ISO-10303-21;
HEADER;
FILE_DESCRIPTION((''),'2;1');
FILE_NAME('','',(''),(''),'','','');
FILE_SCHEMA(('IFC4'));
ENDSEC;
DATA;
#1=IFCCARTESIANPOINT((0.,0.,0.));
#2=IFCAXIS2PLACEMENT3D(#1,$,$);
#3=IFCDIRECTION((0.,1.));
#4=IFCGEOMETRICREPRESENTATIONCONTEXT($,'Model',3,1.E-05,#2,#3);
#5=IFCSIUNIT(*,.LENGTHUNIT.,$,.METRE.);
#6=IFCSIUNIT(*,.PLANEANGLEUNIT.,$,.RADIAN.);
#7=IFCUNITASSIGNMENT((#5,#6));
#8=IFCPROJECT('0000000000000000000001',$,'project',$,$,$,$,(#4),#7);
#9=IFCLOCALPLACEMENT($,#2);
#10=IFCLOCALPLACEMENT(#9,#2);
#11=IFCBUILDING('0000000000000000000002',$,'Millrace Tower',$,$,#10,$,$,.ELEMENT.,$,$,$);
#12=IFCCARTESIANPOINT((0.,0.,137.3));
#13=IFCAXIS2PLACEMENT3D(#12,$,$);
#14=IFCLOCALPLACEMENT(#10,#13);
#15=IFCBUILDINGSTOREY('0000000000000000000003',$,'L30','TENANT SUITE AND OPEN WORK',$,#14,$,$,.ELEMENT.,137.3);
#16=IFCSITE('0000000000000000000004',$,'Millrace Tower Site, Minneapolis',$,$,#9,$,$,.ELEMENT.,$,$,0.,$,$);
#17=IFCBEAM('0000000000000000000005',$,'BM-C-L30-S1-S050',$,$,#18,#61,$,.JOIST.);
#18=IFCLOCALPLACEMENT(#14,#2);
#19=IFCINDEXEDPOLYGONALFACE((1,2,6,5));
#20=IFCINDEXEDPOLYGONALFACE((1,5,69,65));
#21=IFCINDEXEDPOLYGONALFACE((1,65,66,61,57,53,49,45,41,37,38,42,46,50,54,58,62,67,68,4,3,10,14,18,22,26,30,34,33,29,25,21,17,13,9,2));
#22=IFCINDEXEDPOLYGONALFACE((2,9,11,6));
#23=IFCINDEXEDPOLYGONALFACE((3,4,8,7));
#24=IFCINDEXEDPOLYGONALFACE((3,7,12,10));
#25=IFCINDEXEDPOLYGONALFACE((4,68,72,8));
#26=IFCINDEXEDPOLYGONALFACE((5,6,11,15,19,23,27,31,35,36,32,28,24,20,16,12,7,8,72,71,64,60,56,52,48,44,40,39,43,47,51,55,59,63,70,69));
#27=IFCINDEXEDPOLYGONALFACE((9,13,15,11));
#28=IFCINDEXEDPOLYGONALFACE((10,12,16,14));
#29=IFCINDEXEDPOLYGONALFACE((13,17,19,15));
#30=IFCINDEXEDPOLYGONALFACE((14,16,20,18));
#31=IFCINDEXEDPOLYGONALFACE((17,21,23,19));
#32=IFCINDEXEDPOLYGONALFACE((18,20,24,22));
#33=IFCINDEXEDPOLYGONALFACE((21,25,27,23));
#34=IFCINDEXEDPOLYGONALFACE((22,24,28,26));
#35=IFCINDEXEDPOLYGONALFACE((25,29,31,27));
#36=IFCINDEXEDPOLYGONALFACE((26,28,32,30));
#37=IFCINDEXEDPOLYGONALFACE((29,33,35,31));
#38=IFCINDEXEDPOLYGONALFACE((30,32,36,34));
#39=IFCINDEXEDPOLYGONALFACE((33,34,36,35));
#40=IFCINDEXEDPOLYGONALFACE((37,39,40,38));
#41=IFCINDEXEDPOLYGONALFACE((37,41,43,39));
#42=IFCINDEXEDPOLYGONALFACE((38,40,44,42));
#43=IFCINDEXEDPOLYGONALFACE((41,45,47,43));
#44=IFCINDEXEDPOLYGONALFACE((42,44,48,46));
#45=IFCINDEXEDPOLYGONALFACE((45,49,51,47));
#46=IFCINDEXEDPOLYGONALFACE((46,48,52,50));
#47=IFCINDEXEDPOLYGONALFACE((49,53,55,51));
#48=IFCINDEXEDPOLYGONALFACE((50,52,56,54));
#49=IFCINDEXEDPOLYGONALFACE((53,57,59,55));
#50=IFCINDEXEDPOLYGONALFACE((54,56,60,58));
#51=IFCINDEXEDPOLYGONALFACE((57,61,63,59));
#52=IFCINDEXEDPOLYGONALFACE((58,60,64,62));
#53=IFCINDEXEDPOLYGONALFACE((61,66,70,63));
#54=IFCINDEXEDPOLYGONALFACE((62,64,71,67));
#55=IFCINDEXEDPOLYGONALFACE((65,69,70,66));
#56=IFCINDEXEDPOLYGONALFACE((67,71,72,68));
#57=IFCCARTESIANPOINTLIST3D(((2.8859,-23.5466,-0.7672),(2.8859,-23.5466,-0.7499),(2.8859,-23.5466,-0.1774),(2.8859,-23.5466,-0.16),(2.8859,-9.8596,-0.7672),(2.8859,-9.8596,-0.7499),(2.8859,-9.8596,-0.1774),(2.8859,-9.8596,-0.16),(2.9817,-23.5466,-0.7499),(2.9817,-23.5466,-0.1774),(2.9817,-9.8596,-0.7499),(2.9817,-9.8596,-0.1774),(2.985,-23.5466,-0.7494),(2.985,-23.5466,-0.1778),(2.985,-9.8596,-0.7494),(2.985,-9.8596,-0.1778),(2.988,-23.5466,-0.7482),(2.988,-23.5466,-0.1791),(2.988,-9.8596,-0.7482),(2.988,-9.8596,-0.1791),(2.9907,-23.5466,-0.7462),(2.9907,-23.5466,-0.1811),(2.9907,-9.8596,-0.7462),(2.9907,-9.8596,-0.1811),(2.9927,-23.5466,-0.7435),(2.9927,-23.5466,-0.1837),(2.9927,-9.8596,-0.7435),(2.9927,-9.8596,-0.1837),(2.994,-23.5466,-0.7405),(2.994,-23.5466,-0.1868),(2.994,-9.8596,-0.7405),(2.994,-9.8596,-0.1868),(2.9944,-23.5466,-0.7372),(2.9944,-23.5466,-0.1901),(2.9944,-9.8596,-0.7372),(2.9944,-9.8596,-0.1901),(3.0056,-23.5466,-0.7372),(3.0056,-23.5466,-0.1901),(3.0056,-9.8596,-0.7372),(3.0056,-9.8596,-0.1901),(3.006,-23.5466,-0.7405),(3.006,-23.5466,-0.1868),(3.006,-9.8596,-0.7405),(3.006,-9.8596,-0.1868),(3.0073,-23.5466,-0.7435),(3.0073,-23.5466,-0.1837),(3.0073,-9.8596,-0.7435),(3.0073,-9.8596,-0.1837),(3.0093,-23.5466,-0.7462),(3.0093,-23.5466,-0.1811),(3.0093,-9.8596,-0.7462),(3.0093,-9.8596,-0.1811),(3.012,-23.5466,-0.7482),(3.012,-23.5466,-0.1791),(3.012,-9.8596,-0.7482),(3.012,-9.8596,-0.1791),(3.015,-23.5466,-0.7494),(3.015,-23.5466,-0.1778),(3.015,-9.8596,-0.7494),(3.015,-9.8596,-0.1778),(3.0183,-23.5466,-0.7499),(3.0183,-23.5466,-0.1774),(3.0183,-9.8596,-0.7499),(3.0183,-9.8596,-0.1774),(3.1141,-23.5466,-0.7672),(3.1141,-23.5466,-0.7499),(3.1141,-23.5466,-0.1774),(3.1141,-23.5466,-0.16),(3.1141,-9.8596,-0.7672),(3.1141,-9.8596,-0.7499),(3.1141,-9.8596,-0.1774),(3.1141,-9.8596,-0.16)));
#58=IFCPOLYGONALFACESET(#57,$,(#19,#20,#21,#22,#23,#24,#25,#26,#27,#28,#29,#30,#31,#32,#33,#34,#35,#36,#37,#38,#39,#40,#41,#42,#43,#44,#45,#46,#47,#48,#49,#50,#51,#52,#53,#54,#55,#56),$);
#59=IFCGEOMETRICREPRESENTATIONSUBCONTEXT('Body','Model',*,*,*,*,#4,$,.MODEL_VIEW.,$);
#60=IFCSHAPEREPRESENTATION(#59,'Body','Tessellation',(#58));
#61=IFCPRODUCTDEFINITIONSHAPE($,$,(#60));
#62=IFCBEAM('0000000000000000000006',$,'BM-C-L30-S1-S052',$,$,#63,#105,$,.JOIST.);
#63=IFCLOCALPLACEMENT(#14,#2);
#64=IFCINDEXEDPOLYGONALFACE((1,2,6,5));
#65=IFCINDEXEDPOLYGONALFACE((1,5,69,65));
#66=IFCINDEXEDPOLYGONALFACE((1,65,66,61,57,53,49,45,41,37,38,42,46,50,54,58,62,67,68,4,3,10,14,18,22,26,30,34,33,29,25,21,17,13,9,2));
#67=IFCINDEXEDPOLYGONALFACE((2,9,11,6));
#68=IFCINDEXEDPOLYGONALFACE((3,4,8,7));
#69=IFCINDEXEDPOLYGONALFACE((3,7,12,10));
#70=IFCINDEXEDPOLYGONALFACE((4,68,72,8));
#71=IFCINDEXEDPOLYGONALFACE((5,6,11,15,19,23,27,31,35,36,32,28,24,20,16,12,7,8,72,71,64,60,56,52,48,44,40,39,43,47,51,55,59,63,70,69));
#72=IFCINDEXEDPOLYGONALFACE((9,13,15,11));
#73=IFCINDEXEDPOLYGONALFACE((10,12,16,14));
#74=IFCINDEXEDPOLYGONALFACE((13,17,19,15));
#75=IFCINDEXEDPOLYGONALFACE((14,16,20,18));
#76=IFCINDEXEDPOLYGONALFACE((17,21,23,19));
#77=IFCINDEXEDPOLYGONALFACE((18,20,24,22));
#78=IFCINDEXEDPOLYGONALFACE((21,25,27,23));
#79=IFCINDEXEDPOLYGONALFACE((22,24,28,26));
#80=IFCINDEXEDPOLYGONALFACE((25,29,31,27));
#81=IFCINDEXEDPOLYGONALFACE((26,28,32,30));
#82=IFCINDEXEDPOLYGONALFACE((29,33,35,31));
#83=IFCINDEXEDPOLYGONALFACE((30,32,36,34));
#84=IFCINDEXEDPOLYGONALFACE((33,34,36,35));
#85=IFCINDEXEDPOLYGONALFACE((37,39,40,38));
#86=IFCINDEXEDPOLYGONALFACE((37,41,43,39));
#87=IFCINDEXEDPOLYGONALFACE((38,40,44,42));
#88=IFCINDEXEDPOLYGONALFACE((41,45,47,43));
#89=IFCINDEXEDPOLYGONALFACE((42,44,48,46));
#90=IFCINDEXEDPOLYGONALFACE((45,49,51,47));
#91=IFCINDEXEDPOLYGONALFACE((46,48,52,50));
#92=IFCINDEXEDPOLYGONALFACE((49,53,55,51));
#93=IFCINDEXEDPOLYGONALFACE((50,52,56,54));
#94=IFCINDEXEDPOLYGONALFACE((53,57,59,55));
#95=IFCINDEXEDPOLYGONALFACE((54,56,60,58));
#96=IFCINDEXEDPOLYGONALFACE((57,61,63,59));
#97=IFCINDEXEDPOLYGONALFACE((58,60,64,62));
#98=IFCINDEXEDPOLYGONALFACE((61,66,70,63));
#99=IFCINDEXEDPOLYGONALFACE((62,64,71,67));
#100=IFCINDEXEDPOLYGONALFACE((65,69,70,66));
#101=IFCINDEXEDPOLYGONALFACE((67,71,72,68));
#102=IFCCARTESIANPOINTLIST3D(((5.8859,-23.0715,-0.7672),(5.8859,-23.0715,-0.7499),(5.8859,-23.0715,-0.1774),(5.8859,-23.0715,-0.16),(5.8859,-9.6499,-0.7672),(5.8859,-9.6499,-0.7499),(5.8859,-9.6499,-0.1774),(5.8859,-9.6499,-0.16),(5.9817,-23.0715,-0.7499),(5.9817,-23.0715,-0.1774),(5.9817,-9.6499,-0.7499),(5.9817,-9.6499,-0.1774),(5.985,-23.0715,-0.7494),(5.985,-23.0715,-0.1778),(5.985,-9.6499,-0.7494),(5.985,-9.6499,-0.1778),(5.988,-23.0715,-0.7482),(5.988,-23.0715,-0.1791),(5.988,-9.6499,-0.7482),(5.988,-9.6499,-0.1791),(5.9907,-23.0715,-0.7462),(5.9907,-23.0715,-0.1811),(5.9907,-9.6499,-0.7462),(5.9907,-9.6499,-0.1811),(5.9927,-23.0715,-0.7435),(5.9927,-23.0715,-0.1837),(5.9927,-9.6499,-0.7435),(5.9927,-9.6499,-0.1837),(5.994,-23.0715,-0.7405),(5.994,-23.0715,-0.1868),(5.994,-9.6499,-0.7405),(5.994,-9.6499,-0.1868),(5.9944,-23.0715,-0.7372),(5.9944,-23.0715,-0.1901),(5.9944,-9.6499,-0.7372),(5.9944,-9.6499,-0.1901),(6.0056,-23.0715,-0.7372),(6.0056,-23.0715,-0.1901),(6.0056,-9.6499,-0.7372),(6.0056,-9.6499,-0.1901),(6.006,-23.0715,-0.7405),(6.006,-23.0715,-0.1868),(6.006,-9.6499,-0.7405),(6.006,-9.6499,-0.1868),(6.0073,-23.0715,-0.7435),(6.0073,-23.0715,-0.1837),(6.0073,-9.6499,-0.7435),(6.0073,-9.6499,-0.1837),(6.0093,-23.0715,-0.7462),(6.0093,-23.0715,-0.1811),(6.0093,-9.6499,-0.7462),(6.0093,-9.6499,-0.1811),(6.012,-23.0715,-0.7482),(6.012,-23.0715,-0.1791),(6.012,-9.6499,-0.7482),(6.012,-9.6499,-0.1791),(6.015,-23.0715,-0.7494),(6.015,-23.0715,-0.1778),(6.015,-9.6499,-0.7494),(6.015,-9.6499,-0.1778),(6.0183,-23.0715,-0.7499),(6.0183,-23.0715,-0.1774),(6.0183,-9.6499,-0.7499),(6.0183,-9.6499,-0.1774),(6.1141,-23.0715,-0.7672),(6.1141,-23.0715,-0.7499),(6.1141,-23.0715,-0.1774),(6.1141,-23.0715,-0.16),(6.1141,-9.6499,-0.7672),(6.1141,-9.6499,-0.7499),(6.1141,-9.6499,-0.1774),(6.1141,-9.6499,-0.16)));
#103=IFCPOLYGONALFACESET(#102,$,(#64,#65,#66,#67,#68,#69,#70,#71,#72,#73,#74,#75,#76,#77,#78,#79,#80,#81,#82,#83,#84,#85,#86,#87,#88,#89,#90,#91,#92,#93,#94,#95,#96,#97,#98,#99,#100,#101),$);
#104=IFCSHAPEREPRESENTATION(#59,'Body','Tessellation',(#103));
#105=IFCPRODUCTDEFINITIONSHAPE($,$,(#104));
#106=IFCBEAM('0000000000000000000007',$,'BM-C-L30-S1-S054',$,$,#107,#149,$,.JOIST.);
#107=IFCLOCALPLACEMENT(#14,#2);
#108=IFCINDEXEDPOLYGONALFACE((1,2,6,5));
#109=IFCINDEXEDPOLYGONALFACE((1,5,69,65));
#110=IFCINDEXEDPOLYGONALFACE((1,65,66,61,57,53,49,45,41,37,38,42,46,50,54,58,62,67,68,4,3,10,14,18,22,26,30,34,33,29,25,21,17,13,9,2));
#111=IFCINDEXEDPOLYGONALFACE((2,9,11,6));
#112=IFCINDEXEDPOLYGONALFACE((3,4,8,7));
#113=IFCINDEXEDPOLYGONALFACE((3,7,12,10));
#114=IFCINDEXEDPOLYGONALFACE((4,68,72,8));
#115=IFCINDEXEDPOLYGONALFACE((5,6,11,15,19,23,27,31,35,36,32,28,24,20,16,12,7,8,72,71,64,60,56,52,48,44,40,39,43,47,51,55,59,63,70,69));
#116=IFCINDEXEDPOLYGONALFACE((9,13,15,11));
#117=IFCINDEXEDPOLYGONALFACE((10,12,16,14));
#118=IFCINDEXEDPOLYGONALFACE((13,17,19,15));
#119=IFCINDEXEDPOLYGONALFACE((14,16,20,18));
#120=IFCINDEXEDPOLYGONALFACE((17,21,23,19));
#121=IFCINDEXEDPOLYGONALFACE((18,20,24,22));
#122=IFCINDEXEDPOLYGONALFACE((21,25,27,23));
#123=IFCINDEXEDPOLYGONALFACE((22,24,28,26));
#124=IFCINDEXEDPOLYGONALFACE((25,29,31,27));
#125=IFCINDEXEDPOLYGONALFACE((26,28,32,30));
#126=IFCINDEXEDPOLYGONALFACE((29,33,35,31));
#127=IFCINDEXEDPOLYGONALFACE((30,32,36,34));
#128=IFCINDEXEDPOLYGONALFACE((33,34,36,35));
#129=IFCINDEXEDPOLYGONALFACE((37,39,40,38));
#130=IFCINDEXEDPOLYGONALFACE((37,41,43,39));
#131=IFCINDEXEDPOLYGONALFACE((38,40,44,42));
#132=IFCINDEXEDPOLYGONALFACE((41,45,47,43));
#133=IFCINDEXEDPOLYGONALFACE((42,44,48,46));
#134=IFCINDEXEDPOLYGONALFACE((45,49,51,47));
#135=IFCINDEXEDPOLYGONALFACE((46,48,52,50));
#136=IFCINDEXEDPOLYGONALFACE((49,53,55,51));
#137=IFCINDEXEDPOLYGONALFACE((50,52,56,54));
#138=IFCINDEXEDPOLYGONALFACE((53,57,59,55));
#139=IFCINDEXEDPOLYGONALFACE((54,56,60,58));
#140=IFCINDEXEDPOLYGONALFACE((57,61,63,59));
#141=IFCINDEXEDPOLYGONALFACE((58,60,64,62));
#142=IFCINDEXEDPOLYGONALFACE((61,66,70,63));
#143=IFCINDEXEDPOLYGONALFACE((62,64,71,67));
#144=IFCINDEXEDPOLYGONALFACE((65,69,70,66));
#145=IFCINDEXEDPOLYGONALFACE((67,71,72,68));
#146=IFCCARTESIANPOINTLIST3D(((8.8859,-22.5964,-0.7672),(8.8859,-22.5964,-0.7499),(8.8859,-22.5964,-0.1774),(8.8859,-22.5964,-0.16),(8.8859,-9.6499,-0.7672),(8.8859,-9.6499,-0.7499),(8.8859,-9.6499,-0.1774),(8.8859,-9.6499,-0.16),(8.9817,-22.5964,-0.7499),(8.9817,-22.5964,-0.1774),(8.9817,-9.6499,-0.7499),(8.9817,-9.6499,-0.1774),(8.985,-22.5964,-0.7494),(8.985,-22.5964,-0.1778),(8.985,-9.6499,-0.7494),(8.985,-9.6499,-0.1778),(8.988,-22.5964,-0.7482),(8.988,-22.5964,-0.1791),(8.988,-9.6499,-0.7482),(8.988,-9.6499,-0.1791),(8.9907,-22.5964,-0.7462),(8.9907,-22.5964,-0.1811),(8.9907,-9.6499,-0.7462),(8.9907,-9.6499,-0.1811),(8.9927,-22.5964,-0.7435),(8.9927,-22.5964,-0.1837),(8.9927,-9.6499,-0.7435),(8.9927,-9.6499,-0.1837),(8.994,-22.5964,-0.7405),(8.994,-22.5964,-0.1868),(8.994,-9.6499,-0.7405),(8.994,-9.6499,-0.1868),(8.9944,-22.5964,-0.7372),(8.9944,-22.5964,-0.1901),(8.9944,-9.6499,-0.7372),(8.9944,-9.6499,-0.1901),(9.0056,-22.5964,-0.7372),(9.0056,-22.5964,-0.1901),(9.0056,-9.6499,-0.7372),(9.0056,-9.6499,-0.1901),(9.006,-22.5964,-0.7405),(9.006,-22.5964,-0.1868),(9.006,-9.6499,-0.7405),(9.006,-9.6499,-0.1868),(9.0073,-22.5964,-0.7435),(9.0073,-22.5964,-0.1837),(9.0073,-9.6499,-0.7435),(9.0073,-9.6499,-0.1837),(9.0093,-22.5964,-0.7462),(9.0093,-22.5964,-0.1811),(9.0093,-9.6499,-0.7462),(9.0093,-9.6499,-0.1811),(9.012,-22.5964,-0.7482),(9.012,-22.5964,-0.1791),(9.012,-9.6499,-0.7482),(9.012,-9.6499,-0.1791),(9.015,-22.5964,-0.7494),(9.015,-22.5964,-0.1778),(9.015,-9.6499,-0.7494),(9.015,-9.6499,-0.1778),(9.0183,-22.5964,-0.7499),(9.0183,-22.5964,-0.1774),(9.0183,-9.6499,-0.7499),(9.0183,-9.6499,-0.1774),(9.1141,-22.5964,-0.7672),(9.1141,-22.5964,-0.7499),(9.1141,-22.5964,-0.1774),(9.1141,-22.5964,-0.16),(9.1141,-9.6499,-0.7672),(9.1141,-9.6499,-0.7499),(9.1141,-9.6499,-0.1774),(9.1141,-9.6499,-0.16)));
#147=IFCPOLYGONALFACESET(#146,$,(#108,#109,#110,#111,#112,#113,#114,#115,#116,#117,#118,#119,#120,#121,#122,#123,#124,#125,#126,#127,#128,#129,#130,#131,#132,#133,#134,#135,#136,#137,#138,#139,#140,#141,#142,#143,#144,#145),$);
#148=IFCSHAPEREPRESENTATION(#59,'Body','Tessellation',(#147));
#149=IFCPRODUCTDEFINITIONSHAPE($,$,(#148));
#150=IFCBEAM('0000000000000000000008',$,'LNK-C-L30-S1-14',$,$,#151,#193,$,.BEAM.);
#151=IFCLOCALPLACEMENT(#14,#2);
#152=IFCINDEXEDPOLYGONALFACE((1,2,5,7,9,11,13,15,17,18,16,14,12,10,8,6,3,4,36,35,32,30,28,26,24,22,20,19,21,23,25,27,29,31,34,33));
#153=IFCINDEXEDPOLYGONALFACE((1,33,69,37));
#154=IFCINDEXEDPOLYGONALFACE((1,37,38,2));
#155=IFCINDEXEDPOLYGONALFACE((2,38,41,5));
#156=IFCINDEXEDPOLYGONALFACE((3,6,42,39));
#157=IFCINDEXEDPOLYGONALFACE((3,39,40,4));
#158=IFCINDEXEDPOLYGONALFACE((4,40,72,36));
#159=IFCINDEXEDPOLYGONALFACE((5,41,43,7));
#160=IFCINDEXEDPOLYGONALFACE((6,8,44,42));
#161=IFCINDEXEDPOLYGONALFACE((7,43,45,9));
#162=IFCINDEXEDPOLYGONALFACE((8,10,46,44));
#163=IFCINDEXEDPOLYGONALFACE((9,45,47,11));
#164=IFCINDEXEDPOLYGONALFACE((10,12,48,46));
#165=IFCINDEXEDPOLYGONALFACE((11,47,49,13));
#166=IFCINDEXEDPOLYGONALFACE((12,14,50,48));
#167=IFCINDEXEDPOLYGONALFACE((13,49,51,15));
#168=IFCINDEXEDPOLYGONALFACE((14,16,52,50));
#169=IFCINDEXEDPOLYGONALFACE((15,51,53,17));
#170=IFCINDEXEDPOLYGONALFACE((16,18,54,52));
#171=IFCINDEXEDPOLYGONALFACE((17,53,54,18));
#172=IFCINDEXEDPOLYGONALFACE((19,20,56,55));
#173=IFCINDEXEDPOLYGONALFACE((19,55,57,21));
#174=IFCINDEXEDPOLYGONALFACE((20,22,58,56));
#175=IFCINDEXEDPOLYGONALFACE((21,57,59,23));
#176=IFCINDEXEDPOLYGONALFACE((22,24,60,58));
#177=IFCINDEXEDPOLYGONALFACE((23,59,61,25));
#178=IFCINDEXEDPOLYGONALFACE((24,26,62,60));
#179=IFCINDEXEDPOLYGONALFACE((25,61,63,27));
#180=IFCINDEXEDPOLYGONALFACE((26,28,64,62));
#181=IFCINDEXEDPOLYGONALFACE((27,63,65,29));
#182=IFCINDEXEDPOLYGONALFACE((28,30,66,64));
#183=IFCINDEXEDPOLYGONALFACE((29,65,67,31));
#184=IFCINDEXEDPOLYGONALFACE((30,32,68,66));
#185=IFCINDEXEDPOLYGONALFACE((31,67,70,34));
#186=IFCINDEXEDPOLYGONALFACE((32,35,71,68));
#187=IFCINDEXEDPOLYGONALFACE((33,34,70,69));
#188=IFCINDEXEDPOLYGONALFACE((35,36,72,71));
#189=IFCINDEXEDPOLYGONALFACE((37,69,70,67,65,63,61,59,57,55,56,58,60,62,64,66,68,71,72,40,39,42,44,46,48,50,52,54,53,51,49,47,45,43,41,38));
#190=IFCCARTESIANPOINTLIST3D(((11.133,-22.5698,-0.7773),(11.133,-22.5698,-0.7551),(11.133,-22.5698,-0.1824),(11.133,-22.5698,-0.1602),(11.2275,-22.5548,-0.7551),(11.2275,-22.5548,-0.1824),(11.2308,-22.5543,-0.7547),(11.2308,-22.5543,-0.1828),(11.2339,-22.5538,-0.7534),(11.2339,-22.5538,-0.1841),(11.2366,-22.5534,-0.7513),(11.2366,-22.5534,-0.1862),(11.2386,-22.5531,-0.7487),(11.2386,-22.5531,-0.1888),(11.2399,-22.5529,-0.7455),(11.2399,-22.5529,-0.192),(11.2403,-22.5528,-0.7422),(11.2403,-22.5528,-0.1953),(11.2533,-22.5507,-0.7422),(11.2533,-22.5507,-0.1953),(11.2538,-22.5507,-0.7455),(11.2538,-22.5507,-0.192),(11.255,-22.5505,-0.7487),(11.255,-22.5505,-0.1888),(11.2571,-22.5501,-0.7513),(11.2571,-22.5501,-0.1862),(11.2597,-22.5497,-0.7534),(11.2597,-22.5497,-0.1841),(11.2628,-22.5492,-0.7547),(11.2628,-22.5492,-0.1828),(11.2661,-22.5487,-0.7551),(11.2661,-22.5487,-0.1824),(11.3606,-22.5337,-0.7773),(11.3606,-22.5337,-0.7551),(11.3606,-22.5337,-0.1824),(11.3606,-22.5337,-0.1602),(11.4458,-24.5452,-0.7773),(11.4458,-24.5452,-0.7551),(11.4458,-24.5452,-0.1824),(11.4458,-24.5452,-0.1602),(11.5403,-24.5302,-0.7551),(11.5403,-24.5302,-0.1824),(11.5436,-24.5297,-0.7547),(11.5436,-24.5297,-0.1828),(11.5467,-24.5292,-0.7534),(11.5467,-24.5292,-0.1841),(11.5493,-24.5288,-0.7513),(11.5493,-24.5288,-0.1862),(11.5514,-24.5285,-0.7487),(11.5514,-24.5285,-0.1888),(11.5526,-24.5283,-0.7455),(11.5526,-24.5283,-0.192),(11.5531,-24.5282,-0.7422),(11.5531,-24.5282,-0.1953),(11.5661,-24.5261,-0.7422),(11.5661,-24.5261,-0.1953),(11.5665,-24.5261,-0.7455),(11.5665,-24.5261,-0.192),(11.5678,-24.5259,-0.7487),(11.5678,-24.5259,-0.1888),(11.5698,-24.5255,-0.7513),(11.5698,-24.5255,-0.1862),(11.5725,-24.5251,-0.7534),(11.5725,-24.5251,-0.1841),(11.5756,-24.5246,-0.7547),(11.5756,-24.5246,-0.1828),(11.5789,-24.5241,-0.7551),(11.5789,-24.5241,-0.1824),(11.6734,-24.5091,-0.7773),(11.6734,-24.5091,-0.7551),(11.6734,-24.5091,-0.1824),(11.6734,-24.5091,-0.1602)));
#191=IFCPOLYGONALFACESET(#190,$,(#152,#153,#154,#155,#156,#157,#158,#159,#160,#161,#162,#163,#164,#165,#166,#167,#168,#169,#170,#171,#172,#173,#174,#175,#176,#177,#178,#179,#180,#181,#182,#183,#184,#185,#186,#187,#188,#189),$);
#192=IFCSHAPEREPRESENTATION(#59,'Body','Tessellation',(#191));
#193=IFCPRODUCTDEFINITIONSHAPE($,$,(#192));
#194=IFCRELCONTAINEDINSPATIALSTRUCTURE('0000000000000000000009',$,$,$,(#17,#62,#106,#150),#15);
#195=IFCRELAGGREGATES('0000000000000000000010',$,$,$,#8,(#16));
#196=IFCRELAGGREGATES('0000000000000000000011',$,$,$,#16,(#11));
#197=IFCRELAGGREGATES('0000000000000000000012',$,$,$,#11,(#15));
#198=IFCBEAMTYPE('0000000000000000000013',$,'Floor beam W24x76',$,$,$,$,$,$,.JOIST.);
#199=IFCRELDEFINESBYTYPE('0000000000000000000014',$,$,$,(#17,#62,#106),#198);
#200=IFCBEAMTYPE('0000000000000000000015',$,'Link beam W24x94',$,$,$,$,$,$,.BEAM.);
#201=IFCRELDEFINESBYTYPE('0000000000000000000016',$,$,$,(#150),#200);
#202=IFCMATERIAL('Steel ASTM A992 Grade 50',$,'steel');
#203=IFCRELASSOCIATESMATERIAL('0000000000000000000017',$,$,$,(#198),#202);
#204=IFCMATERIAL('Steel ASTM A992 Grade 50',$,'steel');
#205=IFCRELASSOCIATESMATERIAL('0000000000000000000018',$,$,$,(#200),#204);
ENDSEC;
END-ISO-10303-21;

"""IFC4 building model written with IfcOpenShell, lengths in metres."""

from ifc_helpers import new_model, si_unit, direction, frame, origin, origin_2d, place, context, subcontext, project, spatial, i_section, extrude, material, material_profile, profile_set, type_object, element, save


model = new_model("IFC4")

# Units and contexts
model_context = context("Model", 3, precision=1e-05, world=origin(), true_north=direction((0.0, 1.0)))
body_context = subcontext(model_context, "Body", "Model", "MODEL_VIEW")
ifc_project = project(units=[si_unit("LENGTHUNIT", "METRE"), si_unit("PLANEANGLEUNIT", "RADIAN")], contexts=[model_context])

# Site, building, storey
site_placement = place(None, origin())
site = spatial("IfcSite", under=ifc_project, at=site_placement, Name="Millrace Tower Site, Minneapolis", CompositionType="ELEMENT", RefElevation=0.0)
building_placement = place(site_placement, origin())
building = spatial("IfcBuilding", under=site, at=building_placement, Name="Millrace Tower", CompositionType="ELEMENT")
storey_placement = place(building_placement, frame((0.0, 0.0, 137.3)))
storey = spatial("IfcBuildingStorey", under=building, at=storey_placement, Name="L30", Description="TENANT SUITE AND OPEN WORK", CompositionType="ELEMENT", Elevation=137.3)

# Beams
ifc_material_1 = material(Name="Steel ASTM A992 Grade 50", Category="steel")
ifc_material_profile_1 = material_profile(ifc_material_1, i_section(OverallWidth=0.2283, OverallDepth=0.6072, WebThickness=0.0112, FlangeThickness=0.0173, FilletRadius=0.0127, at=origin_2d()))
ifc_profile_set_1 = profile_set([ifc_material_profile_1], Name="Steel ASTM A992 Grade 50")
beam_type_1 = type_object("IfcBeamType", Name="Floor beam W24x76", PredefinedType="JOIST", material=ifc_profile_set_1)
beam_1_placement = place(storey_placement, frame((3.0, -23.5466, -0.4636), z_axis=(0.0, 1.0, 0.0), x_axis=(-1.0, 0.0, 0.0)))
element("IfcBeam", 1, at=beam_1_placement, inside=storey, type_object=beam_type_1, Name="BM-C-L30-S1-S050", PredefinedType="JOIST", context=body_context, shape_type="SweptSolid", body=[
    extrude(i_section(OverallWidth=0.2283, OverallDepth=0.6072, WebThickness=0.0112, FlangeThickness=0.0173, FilletRadius=0.0127, at=origin_2d()), origin(), (0.0, 0.0, 1.0), 13.687),
])
beam_2_placement = place(storey_placement, frame((6.0, -23.0715, -0.4636), z_axis=(0.0, 1.0, 0.0), x_axis=(-1.0, 0.0, 0.0)))
element("IfcBeam", 2, at=beam_2_placement, inside=storey, type_object=beam_type_1, Name="BM-C-L30-S1-S052", PredefinedType="JOIST", context=body_context, shape_type="SweptSolid", body=[
    extrude(i_section(OverallWidth=0.2283, OverallDepth=0.6072, WebThickness=0.0112, FlangeThickness=0.0173, FilletRadius=0.0127, at=origin_2d()), origin(), (0.0, 0.0, 1.0), 13.4216),
])
beam_3_placement = place(storey_placement, frame((9.0, -22.5964, -0.4636), z_axis=(0.0, 1.0, 0.0), x_axis=(-1.0, 0.0, 0.0)))
element("IfcBeam", 3, at=beam_3_placement, inside=storey, type_object=beam_type_1, Name="BM-C-L30-S1-S054", PredefinedType="JOIST", context=body_context, shape_type="SweptSolid", body=[
    extrude(i_section(OverallWidth=0.2283, OverallDepth=0.6072, WebThickness=0.0112, FlangeThickness=0.0173, FilletRadius=0.0127, at=origin_2d()), origin(), (0.0, 0.0, 1.0), 12.9465),
])
ifc_material_2 = material(Name="Steel ASTM A992 Grade 50", Category="steel")
ifc_material_profile_2 = material_profile(ifc_material_2, i_section(OverallWidth=0.2305, OverallDepth=0.6172, WebThickness=0.0132, FlangeThickness=0.0222, FilletRadius=0.0129, at=origin_2d()))
ifc_profile_set_2 = profile_set([ifc_material_profile_2], Name="Steel ASTM A992 Grade 50")
beam_type_2 = type_object("IfcBeamType", Name="Link beam W24x94", PredefinedType="BEAM", material=ifc_profile_set_2)
beam_4_placement = place(storey_placement, frame((11.2468, -22.5518, -0.4688), z_axis=(0.156376, -0.987698, 0.0), x_axis=(0.987698, 0.156376, 0.0)))
element("IfcBeam", 4, at=beam_4_placement, inside=storey, type_object=beam_type_2, Name="LNK-C-L30-S1-14", PredefinedType="BEAM", context=body_context, shape_type="SweptSolid", body=[
    extrude(i_section(OverallWidth=0.2305, OverallDepth=0.6172, WebThickness=0.0132, FlangeThickness=0.0222, FilletRadius=0.0129, at=origin_2d()), origin(), (0.0, 0.0, 1.0), 2.0),
])

save(model, "model.ifc")
